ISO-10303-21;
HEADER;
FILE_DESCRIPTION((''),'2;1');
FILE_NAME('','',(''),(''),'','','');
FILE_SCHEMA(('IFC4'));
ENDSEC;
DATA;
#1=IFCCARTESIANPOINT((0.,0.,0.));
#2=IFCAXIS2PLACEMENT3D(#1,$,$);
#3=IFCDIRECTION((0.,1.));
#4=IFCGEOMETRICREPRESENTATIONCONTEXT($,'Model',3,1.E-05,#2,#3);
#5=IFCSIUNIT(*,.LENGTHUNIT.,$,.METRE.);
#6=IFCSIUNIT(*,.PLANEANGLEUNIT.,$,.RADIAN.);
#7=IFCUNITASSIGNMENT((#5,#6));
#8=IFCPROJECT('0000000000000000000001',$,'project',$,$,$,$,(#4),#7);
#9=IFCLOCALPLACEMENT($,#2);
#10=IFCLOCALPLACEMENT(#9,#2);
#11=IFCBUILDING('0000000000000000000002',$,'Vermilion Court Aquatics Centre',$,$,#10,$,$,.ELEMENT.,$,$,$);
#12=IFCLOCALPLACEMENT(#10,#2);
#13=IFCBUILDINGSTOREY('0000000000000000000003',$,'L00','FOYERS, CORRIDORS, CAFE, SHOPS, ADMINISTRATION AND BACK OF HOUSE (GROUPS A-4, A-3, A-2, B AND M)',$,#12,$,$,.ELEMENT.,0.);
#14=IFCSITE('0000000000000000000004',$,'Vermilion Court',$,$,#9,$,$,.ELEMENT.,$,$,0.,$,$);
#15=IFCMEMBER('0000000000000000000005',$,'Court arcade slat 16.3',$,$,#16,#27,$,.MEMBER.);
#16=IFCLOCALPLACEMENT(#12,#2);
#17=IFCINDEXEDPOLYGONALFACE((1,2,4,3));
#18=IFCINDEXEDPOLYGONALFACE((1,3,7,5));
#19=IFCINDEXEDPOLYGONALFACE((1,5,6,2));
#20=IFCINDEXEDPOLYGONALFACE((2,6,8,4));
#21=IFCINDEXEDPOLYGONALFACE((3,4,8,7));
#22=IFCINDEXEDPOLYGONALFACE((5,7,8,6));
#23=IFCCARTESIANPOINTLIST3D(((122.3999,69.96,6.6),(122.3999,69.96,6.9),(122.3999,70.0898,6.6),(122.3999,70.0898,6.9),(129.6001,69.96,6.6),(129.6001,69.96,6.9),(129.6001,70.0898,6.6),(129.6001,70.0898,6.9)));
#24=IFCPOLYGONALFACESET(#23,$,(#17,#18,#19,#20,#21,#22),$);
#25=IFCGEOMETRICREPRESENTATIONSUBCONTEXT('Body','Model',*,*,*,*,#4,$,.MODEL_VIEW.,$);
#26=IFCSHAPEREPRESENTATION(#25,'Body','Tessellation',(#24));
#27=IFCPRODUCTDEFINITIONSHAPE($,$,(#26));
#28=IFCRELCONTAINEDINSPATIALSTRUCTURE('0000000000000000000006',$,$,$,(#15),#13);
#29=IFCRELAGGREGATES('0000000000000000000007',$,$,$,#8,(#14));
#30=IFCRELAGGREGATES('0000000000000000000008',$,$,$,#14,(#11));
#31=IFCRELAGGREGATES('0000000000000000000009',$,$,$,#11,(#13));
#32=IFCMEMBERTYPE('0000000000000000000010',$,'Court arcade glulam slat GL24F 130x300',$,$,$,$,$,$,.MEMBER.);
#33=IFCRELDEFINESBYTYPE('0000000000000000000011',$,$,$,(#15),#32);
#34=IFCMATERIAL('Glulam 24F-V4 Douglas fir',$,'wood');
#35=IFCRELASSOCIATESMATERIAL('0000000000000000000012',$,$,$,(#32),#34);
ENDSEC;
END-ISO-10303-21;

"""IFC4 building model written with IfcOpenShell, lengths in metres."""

from ifc_helpers import new_model, si_unit, direction, frame, origin, origin_2d, place, context, subcontext, project, spatial, rectangle, extrude, material, material_profile, profile_set, type_object, element, save


model = new_model("IFC4")

# Units and contexts
model_context = context("Model", 3, precision=1e-05, world=origin(), true_north=direction((0.0, 1.0)))
body_context = subcontext(model_context, "Body", "Model", "MODEL_VIEW")
ifc_project = project(units=[si_unit("LENGTHUNIT", "METRE"), si_unit("PLANEANGLEUNIT", "RADIAN")], contexts=[model_context])

# Site, building, storey
site_placement = place(None, origin())
site = spatial("IfcSite", under=ifc_project, at=site_placement, Name="Vermilion Court", CompositionType="ELEMENT", RefElevation=0.0)
building_placement = place(site_placement, origin())
building = spatial("IfcBuilding", under=site, at=building_placement, Name="Vermilion Court Aquatics Centre", CompositionType="ELEMENT")
storey_placement = place(building_placement, origin())
storey = spatial("IfcBuildingStorey", under=building, at=storey_placement, Name="L00", Description="FOYERS, CORRIDORS, CAFE, SHOPS, ADMINISTRATION AND BACK OF HOUSE (GROUPS A-4, A-3, A-2, B AND M)", CompositionType="ELEMENT", Elevation=0.0)

# Member
ifc_material_1 = material(Name="Glulam 24F-V4 Douglas fir", Category="wood")
ifc_material_profile_1 = material_profile(ifc_material_1, rectangle(XDim=0.1299, YDim=0.3, at=origin_2d()), Name="GL24F 130x300")
ifc_profile_set_1 = profile_set([ifc_material_profile_1], Name="Glulam 24F-V4 Douglas fir")
member_type = type_object("IfcMemberType", Name="Court arcade glulam slat GL24F 130x300", PredefinedType="MEMBER", material=ifc_profile_set_1)
for number, where, z_axis, x_axis, name in (
    (1, (122.3999, 70.0249, 6.75), (1.0, 0.0, 0.0), (0.0, 1.0, 0.0), "Court arcade slat 16.3"),
):
    element("IfcMember", number, at=place(storey_placement, frame(where, z_axis=z_axis, x_axis=x_axis)), inside=storey, type_object=member_type, Name=name, PredefinedType="MEMBER", context=body_context, shape_type="SweptSolid", body=[
        extrude(rectangle(XDim=0.1299, YDim=0.3, at=origin_2d()), origin(), (0.0, 0.0, 1.0), 7.2002),
    ])

save(model, "model.ifc")
